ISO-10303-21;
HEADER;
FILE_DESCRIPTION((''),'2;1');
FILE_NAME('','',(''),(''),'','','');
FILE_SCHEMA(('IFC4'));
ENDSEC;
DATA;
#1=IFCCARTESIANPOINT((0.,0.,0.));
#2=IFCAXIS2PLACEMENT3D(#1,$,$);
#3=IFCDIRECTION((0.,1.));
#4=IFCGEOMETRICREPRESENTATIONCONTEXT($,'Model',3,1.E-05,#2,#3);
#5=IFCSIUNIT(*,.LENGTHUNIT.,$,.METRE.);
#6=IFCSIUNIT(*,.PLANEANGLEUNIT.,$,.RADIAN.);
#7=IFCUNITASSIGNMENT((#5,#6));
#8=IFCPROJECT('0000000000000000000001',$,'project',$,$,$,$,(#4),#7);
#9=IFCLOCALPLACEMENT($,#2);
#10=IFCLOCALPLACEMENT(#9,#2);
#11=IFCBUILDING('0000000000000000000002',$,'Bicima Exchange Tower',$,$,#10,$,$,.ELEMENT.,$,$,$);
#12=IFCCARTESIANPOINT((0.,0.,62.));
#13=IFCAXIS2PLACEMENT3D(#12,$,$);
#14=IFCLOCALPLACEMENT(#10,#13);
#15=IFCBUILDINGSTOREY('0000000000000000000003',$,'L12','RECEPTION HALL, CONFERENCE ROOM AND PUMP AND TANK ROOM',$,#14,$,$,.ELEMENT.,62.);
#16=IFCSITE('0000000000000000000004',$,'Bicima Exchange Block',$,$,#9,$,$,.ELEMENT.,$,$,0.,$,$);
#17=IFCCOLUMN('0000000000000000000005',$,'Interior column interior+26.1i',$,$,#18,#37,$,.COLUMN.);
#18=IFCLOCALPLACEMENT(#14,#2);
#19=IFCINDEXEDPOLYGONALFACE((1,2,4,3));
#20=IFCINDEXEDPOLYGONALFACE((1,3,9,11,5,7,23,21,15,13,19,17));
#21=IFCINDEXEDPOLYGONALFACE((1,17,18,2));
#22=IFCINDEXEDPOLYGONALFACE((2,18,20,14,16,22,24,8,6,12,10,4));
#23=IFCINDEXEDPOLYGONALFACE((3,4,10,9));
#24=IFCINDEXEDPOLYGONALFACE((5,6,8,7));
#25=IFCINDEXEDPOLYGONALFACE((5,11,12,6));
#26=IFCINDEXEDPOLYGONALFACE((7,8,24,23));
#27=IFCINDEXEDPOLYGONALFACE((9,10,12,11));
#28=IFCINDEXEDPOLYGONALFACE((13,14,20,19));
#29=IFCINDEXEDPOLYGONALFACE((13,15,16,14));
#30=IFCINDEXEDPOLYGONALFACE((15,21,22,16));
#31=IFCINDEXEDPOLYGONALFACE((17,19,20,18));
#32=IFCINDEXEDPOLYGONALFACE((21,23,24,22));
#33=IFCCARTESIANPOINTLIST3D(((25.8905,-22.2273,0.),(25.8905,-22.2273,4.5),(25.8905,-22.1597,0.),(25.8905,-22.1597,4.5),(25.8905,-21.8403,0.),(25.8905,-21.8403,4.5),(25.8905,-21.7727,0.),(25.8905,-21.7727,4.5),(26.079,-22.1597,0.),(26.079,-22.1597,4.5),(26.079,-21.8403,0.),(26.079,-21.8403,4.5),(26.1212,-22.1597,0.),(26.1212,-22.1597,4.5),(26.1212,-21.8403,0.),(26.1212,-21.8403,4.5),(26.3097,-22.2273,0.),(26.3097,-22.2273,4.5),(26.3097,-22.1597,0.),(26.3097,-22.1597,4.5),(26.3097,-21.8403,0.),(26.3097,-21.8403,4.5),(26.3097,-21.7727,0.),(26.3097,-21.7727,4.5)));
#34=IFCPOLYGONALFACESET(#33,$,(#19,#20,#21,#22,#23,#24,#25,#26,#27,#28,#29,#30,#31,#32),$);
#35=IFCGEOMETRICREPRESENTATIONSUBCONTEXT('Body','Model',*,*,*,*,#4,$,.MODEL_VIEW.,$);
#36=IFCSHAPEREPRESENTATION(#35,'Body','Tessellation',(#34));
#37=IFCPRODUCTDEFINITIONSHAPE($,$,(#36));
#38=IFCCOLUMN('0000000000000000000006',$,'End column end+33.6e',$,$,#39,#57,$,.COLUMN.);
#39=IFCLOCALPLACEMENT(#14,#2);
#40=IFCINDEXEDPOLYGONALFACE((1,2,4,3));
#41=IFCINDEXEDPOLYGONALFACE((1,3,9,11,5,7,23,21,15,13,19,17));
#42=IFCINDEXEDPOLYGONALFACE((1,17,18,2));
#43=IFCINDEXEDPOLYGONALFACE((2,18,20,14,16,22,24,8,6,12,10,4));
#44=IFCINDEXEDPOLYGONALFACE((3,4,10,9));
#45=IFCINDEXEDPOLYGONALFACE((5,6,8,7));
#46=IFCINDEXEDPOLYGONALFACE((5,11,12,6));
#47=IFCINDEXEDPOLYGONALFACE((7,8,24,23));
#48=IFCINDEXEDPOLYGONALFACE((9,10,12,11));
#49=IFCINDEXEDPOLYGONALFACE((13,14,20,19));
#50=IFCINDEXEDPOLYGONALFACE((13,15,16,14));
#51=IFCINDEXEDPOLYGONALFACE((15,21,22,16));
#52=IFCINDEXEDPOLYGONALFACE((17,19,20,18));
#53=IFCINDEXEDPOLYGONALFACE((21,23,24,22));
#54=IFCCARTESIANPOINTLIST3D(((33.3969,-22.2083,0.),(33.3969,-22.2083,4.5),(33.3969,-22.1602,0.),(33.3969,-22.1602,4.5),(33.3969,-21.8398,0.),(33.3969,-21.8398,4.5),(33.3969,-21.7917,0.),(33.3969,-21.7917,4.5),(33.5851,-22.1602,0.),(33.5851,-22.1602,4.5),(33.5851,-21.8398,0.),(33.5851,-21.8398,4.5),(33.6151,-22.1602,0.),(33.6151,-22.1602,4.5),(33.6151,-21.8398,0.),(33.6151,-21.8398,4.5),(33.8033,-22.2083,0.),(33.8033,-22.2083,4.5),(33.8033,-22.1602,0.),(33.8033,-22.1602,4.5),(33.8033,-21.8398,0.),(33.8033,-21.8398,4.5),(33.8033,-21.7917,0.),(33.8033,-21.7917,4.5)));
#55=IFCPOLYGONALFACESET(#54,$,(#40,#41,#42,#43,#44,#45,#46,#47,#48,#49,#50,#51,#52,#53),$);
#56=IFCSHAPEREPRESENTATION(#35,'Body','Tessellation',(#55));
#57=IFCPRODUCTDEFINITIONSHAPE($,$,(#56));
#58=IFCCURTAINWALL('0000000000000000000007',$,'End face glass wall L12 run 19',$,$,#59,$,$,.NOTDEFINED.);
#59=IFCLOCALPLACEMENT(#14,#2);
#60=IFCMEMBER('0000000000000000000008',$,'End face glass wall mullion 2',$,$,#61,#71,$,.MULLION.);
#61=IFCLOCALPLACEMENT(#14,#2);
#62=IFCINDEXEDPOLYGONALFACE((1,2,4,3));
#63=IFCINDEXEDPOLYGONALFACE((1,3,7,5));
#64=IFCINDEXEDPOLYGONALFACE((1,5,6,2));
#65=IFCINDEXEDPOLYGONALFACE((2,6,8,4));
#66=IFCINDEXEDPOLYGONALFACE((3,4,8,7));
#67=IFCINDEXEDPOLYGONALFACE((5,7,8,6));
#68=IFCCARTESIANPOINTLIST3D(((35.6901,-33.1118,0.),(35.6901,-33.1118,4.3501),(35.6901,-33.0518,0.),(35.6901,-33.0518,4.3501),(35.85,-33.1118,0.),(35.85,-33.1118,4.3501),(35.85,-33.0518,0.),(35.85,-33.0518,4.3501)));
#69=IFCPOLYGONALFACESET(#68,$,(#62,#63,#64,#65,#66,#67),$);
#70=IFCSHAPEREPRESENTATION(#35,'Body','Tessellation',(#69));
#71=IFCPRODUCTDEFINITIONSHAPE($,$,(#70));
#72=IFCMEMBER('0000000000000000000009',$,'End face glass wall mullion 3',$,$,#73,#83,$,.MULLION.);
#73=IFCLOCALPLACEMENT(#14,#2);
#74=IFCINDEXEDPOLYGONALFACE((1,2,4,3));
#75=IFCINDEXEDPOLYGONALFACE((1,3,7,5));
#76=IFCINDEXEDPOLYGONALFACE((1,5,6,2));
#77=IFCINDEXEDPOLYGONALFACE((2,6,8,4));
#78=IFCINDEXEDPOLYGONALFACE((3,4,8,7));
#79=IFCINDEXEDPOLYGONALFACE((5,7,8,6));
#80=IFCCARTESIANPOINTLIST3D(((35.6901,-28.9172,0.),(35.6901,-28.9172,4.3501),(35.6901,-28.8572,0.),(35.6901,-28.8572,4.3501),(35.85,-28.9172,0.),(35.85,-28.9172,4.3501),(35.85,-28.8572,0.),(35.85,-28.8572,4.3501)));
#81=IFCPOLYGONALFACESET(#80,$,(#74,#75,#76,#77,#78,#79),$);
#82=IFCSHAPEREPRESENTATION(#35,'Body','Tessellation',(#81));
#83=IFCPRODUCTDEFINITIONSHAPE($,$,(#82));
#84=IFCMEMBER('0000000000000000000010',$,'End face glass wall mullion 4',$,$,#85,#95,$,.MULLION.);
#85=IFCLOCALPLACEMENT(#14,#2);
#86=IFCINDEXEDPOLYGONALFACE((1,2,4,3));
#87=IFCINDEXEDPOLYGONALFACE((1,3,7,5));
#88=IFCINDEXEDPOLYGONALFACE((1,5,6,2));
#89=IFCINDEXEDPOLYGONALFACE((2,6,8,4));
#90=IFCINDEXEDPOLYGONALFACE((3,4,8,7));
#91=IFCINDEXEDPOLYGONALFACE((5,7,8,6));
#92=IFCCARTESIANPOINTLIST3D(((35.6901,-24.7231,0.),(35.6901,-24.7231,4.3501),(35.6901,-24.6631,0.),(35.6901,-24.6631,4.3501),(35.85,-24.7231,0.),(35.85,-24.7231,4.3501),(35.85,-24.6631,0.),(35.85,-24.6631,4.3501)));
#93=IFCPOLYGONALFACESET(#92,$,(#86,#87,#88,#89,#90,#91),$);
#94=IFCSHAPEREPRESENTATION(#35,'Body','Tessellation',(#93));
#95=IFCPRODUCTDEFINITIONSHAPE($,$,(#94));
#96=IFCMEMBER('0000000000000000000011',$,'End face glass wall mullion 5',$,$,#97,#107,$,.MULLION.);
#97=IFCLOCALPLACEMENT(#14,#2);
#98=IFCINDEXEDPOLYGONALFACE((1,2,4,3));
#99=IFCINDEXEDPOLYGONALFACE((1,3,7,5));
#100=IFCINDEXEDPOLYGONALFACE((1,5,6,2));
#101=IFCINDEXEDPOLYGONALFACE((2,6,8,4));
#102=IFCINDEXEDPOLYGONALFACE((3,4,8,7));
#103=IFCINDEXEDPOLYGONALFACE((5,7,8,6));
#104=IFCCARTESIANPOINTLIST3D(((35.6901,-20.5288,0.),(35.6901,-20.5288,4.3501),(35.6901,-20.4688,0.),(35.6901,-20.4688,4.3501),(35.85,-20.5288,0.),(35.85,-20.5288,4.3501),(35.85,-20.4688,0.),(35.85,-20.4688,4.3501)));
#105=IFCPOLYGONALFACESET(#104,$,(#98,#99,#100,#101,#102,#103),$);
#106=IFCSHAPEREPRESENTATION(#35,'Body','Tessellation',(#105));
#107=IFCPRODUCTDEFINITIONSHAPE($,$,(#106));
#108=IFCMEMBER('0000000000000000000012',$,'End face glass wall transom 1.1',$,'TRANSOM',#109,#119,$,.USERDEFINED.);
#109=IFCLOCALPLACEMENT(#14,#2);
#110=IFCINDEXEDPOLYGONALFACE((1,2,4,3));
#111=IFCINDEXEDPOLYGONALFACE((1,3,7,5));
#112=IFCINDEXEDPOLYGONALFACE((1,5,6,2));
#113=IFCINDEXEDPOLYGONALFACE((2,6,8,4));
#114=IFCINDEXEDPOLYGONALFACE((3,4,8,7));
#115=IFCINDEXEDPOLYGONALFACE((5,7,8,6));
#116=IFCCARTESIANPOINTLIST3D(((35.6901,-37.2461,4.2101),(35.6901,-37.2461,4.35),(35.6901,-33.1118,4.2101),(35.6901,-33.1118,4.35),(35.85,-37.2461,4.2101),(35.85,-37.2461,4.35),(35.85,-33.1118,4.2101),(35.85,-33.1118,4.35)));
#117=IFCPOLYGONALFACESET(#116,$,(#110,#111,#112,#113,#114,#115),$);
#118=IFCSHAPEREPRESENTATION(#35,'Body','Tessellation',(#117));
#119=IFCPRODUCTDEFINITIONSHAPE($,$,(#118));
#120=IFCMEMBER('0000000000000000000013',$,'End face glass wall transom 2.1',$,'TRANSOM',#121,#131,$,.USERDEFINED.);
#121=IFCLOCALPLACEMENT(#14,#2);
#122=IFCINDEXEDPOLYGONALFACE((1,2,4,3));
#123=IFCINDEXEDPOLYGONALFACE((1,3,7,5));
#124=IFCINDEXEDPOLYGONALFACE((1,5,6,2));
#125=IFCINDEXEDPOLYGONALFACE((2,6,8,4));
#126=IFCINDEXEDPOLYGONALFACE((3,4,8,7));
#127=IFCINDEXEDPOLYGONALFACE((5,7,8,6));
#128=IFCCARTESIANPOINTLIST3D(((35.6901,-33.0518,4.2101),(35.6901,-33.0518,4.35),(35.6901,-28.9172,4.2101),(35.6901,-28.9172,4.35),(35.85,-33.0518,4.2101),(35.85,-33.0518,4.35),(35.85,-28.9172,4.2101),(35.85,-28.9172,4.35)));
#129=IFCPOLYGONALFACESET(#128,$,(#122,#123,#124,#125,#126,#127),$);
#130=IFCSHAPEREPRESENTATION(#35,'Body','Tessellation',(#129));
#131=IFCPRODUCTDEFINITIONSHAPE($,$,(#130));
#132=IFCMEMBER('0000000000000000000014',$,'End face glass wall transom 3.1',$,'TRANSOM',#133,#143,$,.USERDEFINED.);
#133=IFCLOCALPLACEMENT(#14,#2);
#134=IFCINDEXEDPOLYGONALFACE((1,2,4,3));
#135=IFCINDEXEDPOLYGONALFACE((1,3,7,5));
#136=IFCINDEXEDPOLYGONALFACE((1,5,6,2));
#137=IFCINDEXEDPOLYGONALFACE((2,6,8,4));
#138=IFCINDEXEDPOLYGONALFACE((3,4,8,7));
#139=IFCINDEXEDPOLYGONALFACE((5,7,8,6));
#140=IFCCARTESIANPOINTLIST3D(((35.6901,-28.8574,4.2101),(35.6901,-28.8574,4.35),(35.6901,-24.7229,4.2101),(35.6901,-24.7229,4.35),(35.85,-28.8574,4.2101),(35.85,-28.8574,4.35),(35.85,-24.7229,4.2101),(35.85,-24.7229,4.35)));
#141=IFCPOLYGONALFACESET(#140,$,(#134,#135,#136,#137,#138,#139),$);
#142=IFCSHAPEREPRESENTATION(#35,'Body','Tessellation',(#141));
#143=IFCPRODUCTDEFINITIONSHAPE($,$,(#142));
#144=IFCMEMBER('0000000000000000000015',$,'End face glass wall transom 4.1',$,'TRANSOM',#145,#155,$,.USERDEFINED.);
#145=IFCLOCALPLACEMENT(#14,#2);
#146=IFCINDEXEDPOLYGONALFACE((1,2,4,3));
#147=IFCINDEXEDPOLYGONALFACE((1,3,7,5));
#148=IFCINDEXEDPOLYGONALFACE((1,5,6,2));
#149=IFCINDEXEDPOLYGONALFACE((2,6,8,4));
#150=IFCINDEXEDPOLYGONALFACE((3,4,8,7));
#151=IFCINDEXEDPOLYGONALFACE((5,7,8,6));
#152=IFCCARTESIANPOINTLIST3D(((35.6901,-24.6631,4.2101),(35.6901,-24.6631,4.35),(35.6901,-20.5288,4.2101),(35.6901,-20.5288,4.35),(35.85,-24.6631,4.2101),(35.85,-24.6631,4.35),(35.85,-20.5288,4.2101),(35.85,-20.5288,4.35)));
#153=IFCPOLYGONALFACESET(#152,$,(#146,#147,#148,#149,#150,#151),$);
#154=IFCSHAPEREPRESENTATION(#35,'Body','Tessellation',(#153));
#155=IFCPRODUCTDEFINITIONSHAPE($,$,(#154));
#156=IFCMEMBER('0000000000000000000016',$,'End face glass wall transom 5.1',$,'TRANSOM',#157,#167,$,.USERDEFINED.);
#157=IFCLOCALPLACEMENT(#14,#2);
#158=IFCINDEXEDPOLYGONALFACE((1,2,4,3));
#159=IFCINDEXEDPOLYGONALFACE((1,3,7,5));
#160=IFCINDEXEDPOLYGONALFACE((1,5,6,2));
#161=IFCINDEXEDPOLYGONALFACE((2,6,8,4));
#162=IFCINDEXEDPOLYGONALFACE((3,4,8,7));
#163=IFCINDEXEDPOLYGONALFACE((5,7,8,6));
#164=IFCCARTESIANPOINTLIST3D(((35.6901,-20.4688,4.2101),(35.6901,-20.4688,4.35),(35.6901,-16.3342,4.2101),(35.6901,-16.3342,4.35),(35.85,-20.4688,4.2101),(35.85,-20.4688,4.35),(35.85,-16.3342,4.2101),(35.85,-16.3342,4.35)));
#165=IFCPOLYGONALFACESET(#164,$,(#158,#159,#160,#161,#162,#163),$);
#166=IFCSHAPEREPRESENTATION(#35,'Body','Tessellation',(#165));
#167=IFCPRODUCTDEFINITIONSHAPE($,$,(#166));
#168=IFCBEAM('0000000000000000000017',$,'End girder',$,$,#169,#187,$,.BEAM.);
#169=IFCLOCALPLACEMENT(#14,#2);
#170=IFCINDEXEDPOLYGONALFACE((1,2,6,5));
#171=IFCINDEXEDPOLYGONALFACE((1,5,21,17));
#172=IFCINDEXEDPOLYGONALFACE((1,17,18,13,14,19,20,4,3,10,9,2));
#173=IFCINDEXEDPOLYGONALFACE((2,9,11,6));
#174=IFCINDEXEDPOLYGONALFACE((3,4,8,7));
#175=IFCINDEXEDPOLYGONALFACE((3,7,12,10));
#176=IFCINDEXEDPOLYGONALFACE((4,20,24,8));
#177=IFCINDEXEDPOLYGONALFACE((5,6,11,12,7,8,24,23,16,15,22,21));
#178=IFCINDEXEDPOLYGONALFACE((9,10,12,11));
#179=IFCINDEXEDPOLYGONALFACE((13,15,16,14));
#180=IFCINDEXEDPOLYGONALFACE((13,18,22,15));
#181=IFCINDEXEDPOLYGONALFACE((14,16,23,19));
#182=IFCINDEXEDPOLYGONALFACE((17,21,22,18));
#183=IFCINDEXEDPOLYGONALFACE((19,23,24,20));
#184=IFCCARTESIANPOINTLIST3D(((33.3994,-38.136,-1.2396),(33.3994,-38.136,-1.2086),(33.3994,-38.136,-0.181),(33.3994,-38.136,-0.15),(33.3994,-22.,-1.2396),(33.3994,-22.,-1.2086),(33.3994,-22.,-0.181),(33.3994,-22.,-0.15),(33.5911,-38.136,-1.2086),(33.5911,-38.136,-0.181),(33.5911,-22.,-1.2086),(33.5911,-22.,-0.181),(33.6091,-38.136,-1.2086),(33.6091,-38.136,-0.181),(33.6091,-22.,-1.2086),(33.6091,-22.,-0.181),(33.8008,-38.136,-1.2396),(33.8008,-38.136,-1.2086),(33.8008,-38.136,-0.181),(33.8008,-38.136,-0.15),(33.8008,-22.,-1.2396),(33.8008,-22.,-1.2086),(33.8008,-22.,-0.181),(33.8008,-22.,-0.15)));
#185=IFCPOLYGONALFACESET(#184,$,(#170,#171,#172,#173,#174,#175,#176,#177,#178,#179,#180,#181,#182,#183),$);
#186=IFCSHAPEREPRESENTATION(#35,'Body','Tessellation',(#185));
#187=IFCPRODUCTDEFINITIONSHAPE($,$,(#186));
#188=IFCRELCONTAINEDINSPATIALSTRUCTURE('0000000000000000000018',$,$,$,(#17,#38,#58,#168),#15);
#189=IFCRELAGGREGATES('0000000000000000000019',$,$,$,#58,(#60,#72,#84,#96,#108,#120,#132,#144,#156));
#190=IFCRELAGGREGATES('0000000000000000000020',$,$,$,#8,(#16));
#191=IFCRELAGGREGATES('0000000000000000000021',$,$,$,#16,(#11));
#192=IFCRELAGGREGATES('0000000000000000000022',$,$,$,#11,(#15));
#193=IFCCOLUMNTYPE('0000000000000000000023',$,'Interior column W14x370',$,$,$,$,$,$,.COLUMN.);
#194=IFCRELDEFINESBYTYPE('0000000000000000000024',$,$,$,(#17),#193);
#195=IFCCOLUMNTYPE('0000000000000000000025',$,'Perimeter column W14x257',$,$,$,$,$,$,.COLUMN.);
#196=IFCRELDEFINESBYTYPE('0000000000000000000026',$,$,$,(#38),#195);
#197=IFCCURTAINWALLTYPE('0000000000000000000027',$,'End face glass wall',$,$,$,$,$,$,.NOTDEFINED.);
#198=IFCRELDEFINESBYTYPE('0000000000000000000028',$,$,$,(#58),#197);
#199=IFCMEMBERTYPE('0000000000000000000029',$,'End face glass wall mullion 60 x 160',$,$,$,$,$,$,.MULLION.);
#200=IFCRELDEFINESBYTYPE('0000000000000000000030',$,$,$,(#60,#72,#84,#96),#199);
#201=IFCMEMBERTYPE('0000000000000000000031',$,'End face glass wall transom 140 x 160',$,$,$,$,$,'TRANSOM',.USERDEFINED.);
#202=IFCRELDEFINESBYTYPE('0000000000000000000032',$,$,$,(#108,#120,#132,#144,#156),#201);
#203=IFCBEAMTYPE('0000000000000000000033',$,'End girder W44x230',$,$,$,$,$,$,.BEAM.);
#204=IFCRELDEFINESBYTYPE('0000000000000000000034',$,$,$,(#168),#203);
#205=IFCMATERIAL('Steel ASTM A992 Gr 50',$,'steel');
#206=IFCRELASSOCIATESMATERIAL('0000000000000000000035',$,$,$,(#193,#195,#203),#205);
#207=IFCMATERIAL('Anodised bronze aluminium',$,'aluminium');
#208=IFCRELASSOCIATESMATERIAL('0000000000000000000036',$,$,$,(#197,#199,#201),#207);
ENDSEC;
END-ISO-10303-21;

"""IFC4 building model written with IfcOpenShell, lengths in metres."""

from ifc_helpers import new_model, si_unit, direction, frame, origin, origin_2d, place, context, subcontext, project, spatial, rectangle, i_section, extrude, material, material_profile, profile_set, type_object, element, aggregate, save


model = new_model("IFC4")

# Units and contexts
model_context = context("Model", 3, precision=1e-05, world=origin(), true_north=direction((0.0, 1.0)))
body_context = subcontext(model_context, "Body", "Model", "MODEL_VIEW")
ifc_project = project(units=[si_unit("LENGTHUNIT", "METRE"), si_unit("PLANEANGLEUNIT", "RADIAN")], contexts=[model_context])

# Site, building, storey
site_placement = place(None, origin())
site = spatial("IfcSite", under=ifc_project, at=site_placement, Name="Bicima Exchange Block", CompositionType="ELEMENT", RefElevation=0.0)
building_placement = place(site_placement, origin())
building = spatial("IfcBuilding", under=site, at=building_placement, Name="Bicima Exchange Tower", CompositionType="ELEMENT")
storey_placement = place(building_placement, frame((0.0, 0.0, 62.0)))
storey = spatial("IfcBuildingStorey", under=building, at=storey_placement, Name="L12", Description="RECEPTION HALL, CONFERENCE ROOM AND PUMP AND TANK ROOM", CompositionType="ELEMENT", Elevation=62.0)

# Columns
ifc_material_1 = material(Name="Steel ASTM A992 Gr 50", Category="steel")
ifc_material_profile_1 = material_profile(ifc_material_1, i_section(OverallWidth=0.4192, OverallDepth=0.4546, WebThickness=0.0422, FlangeThickness=0.0676, at=origin_2d()))
ifc_profile_set_1 = profile_set([ifc_material_profile_1], Name="Steel ASTM A992 Gr 50")
column_type_1 = type_object("IfcColumnType", Name="Interior column W14x370", PredefinedType="COLUMN", material=ifc_profile_set_1)
column_1_placement = place(storey_placement, frame((26.1001, -22.0, 0.0), z_axis=(0.0, 0.0, 1.0), x_axis=(1.0, 0.0, 0.0)))
element("IfcColumn", 1, at=column_1_placement, inside=storey, type_object=column_type_1, Name="Interior column interior+26.1i", PredefinedType="COLUMN", context=body_context, shape_type="SweptSolid", body=[
    extrude(i_section(OverallWidth=0.4192, OverallDepth=0.4546, WebThickness=0.0422, FlangeThickness=0.0676, at=origin_2d()), origin(), (0.0, 0.0, 1.0), 4.5),
])
ifc_material_profile_2 = material_profile(ifc_material_1, i_section(OverallWidth=0.4065, OverallDepth=0.4165, WebThickness=0.03, FlangeThickness=0.0481, at=origin_2d()))
ifc_profile_set_2 = profile_set([ifc_material_profile_2], Name="Steel ASTM A992 Gr 50")
column_type_2 = type_object("IfcColumnType", Name="Perimeter column W14x257", PredefinedType="COLUMN", material=ifc_profile_set_2)
column_2_placement = place(storey_placement, frame((33.6001, -22.0, 0.0), z_axis=(0.0, 0.0, 1.0), x_axis=(1.0, 0.0, 0.0)))
element("IfcColumn", 2, at=column_2_placement, inside=storey, type_object=column_type_2, Name="End column end+33.6e", PredefinedType="COLUMN", context=body_context, shape_type="SweptSolid", body=[
    extrude(i_section(OverallWidth=0.4065, OverallDepth=0.4165, WebThickness=0.03, FlangeThickness=0.0481, at=origin_2d()), origin(), (0.0, 0.0, 1.0), 4.5),
])

# Curtain wall, members
ifc_material_2 = material(Name="Anodised bronze aluminium", Category="aluminium")
curtain_wall_type = type_object("IfcCurtainWallType", Name="End face glass wall", PredefinedType="NOTDEFINED", material=ifc_material_2)
curtain_wall_placement = place(storey_placement, origin())
curtain_wall = element("IfcCurtainWall", 3, at=curtain_wall_placement, inside=storey, type_object=curtain_wall_type, Name="End face glass wall L12 run 19", PredefinedType="NOTDEFINED")
ifc_material_profile_3 = material_profile(ifc_material_2, rectangle(XDim=0.1599, YDim=0.0601, at=origin_2d()))
ifc_profile_set_3 = profile_set([ifc_material_profile_3], Name="Anodised bronze aluminium")
member_type_1 = type_object("IfcMemberType", Name="End face glass wall mullion 60 x 160", PredefinedType="MULLION", material=ifc_profile_set_3)
member_1_placement = place(storey_placement, frame((35.77, -33.0818, 0.0), z_axis=(0.0, 0.0, 1.0), x_axis=(-1.0, 0.0, 0.0)))
member_1 = element("IfcMember", 4, at=member_1_placement, type_object=member_type_1, Name="End face glass wall mullion 2", PredefinedType="MULLION", context=body_context, shape_type="SweptSolid", body=[
    extrude(rectangle(XDim=0.1599, YDim=0.0601, at=origin_2d()), origin(), (0.0, 0.0, 1.0), 4.3501),
])
member_2_placement = place(storey_placement, frame((35.77, -28.8872, 0.0), z_axis=(0.0, 0.0, 1.0), x_axis=(-1.0, 0.0, 0.0)))
member_2 = element("IfcMember", 5, at=member_2_placement, type_object=member_type_1, Name="End face glass wall mullion 3", PredefinedType="MULLION", context=body_context, shape_type="SweptSolid", body=[
    extrude(rectangle(XDim=0.1599, YDim=0.0601, at=origin_2d()), origin(), (0.0, 0.0, 1.0), 4.3501),
])
member_3_placement = place(storey_placement, frame((35.77, -24.6931, 0.0), z_axis=(0.0, 0.0, 1.0), x_axis=(-1.0, 0.0, 0.0)))
member_3 = element("IfcMember", 6, at=member_3_placement, type_object=member_type_1, Name="End face glass wall mullion 4", PredefinedType="MULLION", context=body_context, shape_type="SweptSolid", body=[
    extrude(rectangle(XDim=0.1599, YDim=0.0601, at=origin_2d()), origin(), (0.0, 0.0, 1.0), 4.3501),
])
member_4_placement = place(storey_placement, frame((35.77, -20.4988, 0.0), z_axis=(0.0, 0.0, 1.0), x_axis=(-1.0, 0.0, 0.0)))
member_4 = element("IfcMember", 7, at=member_4_placement, type_object=member_type_1, Name="End face glass wall mullion 5", PredefinedType="MULLION", context=body_context, shape_type="SweptSolid", body=[
    extrude(rectangle(XDim=0.1599, YDim=0.0601, at=origin_2d()), origin(), (0.0, 0.0, 1.0), 4.3501),
])
ifc_material_profile_4 = material_profile(ifc_material_2, rectangle(XDim=0.1599, YDim=0.1399, at=origin_2d()))
ifc_profile_set_4 = profile_set([ifc_material_profile_4], Name="Anodised bronze aluminium")
member_type_2 = type_object("IfcMemberType", Name="End face glass wall transom 140 x 160", ElementType="TRANSOM", PredefinedType="USERDEFINED", material=ifc_profile_set_4)
member_5_placement = place(storey_placement, frame((35.77, -37.2461, 4.28), z_axis=(0.0, 1.0, 0.0), x_axis=(-1.0, 0.0, 0.0)))
member_5 = element("IfcMember", 8, at=member_5_placement, type_object=member_type_2, Name="End face glass wall transom 1.1", ObjectType="TRANSOM", PredefinedType="USERDEFINED", context=body_context, shape_type="SweptSolid", body=[
    extrude(rectangle(XDim=0.1599, YDim=0.1399, at=origin_2d()), origin(), (0.0, 0.0, 1.0), 4.1343),
])
member_6_placement = place(storey_placement, frame((35.77, -33.0518, 4.28), z_axis=(0.0, 1.0, 0.0), x_axis=(-1.0, 0.0, 0.0)))
member_6 = element("IfcMember", 9, at=member_6_placement, type_object=member_type_2, Name="End face glass wall transom 2.1", ObjectType="TRANSOM", PredefinedType="USERDEFINED", context=body_context, shape_type="SweptSolid", body=[
    extrude(rectangle(XDim=0.1599, YDim=0.1399, at=origin_2d()), origin(), (0.0, 0.0, 1.0), 4.1345),
])
member_7_placement = place(storey_placement, frame((35.77, -28.8574, 4.28), z_axis=(0.0, 1.0, 0.0), x_axis=(-1.0, 0.0, 0.0)))
member_7 = element("IfcMember", 10, at=member_7_placement, type_object=member_type_2, Name="End face glass wall transom 3.1", ObjectType="TRANSOM", PredefinedType="USERDEFINED", context=body_context, shape_type="SweptSolid", body=[
    extrude(rectangle(XDim=0.1599, YDim=0.1399, at=origin_2d()), origin(), (0.0, 0.0, 1.0), 4.1345),
])
member_8_placement = place(storey_placement, frame((35.77, -24.6631, 4.28), z_axis=(0.0, 1.0, 0.0), x_axis=(-1.0, 0.0, 0.0)))
member_8 = element("IfcMember", 11, at=member_8_placement, type_object=member_type_2, Name="End face glass wall transom 4.1", ObjectType="TRANSOM", PredefinedType="USERDEFINED", context=body_context, shape_type="SweptSolid", body=[
    extrude(rectangle(XDim=0.1599, YDim=0.1399, at=origin_2d()), origin(), (0.0, 0.0, 1.0), 4.1343),
])
member_9_placement = place(storey_placement, frame((35.77, -20.4688, 4.28), z_axis=(0.0, 1.0, 0.0), x_axis=(-1.0, 0.0, 0.0)))
member_9 = element("IfcMember", 12, at=member_9_placement, type_object=member_type_2, Name="End face glass wall transom 5.1", ObjectType="TRANSOM", PredefinedType="USERDEFINED", context=body_context, shape_type="SweptSolid", body=[
    extrude(rectangle(XDim=0.1599, YDim=0.1399, at=origin_2d()), origin(), (0.0, 0.0, 1.0), 4.1345),
])

# Beam
ifc_material_profile_5 = material_profile(ifc_material_1, i_section(OverallWidth=0.4014, OverallDepth=1.0896, WebThickness=0.0181, FlangeThickness=0.031, at=origin_2d()))
ifc_profile_set_5 = profile_set([ifc_material_profile_5], Name="Steel ASTM A992 Gr 50")
beam_type_1 = type_object("IfcBeamType", Name="End girder W44x230", PredefinedType="BEAM", material=ifc_profile_set_5)
beam_1_placement = place(storey_placement, frame((33.6001, -22.0, -0.6948), z_axis=(0.0, -1.0, 0.0), x_axis=(1.0, 0.0, 0.0)))
element("IfcBeam", 13, at=beam_1_placement, inside=storey, type_object=beam_type_1, Name="End girder", PredefinedType="BEAM", context=body_context, shape_type="SweptSolid", body=[
    extrude(i_section(OverallWidth=0.4014, OverallDepth=1.0896, WebThickness=0.0181, FlangeThickness=0.031, at=origin_2d()), origin(), (0.0, 0.0, 1.0), 16.136),
])

aggregate(curtain_wall, [member_1, member_2, member_3, member_4, member_5, member_6, member_7, member_8, member_9])

save(model, "model.ifc")
